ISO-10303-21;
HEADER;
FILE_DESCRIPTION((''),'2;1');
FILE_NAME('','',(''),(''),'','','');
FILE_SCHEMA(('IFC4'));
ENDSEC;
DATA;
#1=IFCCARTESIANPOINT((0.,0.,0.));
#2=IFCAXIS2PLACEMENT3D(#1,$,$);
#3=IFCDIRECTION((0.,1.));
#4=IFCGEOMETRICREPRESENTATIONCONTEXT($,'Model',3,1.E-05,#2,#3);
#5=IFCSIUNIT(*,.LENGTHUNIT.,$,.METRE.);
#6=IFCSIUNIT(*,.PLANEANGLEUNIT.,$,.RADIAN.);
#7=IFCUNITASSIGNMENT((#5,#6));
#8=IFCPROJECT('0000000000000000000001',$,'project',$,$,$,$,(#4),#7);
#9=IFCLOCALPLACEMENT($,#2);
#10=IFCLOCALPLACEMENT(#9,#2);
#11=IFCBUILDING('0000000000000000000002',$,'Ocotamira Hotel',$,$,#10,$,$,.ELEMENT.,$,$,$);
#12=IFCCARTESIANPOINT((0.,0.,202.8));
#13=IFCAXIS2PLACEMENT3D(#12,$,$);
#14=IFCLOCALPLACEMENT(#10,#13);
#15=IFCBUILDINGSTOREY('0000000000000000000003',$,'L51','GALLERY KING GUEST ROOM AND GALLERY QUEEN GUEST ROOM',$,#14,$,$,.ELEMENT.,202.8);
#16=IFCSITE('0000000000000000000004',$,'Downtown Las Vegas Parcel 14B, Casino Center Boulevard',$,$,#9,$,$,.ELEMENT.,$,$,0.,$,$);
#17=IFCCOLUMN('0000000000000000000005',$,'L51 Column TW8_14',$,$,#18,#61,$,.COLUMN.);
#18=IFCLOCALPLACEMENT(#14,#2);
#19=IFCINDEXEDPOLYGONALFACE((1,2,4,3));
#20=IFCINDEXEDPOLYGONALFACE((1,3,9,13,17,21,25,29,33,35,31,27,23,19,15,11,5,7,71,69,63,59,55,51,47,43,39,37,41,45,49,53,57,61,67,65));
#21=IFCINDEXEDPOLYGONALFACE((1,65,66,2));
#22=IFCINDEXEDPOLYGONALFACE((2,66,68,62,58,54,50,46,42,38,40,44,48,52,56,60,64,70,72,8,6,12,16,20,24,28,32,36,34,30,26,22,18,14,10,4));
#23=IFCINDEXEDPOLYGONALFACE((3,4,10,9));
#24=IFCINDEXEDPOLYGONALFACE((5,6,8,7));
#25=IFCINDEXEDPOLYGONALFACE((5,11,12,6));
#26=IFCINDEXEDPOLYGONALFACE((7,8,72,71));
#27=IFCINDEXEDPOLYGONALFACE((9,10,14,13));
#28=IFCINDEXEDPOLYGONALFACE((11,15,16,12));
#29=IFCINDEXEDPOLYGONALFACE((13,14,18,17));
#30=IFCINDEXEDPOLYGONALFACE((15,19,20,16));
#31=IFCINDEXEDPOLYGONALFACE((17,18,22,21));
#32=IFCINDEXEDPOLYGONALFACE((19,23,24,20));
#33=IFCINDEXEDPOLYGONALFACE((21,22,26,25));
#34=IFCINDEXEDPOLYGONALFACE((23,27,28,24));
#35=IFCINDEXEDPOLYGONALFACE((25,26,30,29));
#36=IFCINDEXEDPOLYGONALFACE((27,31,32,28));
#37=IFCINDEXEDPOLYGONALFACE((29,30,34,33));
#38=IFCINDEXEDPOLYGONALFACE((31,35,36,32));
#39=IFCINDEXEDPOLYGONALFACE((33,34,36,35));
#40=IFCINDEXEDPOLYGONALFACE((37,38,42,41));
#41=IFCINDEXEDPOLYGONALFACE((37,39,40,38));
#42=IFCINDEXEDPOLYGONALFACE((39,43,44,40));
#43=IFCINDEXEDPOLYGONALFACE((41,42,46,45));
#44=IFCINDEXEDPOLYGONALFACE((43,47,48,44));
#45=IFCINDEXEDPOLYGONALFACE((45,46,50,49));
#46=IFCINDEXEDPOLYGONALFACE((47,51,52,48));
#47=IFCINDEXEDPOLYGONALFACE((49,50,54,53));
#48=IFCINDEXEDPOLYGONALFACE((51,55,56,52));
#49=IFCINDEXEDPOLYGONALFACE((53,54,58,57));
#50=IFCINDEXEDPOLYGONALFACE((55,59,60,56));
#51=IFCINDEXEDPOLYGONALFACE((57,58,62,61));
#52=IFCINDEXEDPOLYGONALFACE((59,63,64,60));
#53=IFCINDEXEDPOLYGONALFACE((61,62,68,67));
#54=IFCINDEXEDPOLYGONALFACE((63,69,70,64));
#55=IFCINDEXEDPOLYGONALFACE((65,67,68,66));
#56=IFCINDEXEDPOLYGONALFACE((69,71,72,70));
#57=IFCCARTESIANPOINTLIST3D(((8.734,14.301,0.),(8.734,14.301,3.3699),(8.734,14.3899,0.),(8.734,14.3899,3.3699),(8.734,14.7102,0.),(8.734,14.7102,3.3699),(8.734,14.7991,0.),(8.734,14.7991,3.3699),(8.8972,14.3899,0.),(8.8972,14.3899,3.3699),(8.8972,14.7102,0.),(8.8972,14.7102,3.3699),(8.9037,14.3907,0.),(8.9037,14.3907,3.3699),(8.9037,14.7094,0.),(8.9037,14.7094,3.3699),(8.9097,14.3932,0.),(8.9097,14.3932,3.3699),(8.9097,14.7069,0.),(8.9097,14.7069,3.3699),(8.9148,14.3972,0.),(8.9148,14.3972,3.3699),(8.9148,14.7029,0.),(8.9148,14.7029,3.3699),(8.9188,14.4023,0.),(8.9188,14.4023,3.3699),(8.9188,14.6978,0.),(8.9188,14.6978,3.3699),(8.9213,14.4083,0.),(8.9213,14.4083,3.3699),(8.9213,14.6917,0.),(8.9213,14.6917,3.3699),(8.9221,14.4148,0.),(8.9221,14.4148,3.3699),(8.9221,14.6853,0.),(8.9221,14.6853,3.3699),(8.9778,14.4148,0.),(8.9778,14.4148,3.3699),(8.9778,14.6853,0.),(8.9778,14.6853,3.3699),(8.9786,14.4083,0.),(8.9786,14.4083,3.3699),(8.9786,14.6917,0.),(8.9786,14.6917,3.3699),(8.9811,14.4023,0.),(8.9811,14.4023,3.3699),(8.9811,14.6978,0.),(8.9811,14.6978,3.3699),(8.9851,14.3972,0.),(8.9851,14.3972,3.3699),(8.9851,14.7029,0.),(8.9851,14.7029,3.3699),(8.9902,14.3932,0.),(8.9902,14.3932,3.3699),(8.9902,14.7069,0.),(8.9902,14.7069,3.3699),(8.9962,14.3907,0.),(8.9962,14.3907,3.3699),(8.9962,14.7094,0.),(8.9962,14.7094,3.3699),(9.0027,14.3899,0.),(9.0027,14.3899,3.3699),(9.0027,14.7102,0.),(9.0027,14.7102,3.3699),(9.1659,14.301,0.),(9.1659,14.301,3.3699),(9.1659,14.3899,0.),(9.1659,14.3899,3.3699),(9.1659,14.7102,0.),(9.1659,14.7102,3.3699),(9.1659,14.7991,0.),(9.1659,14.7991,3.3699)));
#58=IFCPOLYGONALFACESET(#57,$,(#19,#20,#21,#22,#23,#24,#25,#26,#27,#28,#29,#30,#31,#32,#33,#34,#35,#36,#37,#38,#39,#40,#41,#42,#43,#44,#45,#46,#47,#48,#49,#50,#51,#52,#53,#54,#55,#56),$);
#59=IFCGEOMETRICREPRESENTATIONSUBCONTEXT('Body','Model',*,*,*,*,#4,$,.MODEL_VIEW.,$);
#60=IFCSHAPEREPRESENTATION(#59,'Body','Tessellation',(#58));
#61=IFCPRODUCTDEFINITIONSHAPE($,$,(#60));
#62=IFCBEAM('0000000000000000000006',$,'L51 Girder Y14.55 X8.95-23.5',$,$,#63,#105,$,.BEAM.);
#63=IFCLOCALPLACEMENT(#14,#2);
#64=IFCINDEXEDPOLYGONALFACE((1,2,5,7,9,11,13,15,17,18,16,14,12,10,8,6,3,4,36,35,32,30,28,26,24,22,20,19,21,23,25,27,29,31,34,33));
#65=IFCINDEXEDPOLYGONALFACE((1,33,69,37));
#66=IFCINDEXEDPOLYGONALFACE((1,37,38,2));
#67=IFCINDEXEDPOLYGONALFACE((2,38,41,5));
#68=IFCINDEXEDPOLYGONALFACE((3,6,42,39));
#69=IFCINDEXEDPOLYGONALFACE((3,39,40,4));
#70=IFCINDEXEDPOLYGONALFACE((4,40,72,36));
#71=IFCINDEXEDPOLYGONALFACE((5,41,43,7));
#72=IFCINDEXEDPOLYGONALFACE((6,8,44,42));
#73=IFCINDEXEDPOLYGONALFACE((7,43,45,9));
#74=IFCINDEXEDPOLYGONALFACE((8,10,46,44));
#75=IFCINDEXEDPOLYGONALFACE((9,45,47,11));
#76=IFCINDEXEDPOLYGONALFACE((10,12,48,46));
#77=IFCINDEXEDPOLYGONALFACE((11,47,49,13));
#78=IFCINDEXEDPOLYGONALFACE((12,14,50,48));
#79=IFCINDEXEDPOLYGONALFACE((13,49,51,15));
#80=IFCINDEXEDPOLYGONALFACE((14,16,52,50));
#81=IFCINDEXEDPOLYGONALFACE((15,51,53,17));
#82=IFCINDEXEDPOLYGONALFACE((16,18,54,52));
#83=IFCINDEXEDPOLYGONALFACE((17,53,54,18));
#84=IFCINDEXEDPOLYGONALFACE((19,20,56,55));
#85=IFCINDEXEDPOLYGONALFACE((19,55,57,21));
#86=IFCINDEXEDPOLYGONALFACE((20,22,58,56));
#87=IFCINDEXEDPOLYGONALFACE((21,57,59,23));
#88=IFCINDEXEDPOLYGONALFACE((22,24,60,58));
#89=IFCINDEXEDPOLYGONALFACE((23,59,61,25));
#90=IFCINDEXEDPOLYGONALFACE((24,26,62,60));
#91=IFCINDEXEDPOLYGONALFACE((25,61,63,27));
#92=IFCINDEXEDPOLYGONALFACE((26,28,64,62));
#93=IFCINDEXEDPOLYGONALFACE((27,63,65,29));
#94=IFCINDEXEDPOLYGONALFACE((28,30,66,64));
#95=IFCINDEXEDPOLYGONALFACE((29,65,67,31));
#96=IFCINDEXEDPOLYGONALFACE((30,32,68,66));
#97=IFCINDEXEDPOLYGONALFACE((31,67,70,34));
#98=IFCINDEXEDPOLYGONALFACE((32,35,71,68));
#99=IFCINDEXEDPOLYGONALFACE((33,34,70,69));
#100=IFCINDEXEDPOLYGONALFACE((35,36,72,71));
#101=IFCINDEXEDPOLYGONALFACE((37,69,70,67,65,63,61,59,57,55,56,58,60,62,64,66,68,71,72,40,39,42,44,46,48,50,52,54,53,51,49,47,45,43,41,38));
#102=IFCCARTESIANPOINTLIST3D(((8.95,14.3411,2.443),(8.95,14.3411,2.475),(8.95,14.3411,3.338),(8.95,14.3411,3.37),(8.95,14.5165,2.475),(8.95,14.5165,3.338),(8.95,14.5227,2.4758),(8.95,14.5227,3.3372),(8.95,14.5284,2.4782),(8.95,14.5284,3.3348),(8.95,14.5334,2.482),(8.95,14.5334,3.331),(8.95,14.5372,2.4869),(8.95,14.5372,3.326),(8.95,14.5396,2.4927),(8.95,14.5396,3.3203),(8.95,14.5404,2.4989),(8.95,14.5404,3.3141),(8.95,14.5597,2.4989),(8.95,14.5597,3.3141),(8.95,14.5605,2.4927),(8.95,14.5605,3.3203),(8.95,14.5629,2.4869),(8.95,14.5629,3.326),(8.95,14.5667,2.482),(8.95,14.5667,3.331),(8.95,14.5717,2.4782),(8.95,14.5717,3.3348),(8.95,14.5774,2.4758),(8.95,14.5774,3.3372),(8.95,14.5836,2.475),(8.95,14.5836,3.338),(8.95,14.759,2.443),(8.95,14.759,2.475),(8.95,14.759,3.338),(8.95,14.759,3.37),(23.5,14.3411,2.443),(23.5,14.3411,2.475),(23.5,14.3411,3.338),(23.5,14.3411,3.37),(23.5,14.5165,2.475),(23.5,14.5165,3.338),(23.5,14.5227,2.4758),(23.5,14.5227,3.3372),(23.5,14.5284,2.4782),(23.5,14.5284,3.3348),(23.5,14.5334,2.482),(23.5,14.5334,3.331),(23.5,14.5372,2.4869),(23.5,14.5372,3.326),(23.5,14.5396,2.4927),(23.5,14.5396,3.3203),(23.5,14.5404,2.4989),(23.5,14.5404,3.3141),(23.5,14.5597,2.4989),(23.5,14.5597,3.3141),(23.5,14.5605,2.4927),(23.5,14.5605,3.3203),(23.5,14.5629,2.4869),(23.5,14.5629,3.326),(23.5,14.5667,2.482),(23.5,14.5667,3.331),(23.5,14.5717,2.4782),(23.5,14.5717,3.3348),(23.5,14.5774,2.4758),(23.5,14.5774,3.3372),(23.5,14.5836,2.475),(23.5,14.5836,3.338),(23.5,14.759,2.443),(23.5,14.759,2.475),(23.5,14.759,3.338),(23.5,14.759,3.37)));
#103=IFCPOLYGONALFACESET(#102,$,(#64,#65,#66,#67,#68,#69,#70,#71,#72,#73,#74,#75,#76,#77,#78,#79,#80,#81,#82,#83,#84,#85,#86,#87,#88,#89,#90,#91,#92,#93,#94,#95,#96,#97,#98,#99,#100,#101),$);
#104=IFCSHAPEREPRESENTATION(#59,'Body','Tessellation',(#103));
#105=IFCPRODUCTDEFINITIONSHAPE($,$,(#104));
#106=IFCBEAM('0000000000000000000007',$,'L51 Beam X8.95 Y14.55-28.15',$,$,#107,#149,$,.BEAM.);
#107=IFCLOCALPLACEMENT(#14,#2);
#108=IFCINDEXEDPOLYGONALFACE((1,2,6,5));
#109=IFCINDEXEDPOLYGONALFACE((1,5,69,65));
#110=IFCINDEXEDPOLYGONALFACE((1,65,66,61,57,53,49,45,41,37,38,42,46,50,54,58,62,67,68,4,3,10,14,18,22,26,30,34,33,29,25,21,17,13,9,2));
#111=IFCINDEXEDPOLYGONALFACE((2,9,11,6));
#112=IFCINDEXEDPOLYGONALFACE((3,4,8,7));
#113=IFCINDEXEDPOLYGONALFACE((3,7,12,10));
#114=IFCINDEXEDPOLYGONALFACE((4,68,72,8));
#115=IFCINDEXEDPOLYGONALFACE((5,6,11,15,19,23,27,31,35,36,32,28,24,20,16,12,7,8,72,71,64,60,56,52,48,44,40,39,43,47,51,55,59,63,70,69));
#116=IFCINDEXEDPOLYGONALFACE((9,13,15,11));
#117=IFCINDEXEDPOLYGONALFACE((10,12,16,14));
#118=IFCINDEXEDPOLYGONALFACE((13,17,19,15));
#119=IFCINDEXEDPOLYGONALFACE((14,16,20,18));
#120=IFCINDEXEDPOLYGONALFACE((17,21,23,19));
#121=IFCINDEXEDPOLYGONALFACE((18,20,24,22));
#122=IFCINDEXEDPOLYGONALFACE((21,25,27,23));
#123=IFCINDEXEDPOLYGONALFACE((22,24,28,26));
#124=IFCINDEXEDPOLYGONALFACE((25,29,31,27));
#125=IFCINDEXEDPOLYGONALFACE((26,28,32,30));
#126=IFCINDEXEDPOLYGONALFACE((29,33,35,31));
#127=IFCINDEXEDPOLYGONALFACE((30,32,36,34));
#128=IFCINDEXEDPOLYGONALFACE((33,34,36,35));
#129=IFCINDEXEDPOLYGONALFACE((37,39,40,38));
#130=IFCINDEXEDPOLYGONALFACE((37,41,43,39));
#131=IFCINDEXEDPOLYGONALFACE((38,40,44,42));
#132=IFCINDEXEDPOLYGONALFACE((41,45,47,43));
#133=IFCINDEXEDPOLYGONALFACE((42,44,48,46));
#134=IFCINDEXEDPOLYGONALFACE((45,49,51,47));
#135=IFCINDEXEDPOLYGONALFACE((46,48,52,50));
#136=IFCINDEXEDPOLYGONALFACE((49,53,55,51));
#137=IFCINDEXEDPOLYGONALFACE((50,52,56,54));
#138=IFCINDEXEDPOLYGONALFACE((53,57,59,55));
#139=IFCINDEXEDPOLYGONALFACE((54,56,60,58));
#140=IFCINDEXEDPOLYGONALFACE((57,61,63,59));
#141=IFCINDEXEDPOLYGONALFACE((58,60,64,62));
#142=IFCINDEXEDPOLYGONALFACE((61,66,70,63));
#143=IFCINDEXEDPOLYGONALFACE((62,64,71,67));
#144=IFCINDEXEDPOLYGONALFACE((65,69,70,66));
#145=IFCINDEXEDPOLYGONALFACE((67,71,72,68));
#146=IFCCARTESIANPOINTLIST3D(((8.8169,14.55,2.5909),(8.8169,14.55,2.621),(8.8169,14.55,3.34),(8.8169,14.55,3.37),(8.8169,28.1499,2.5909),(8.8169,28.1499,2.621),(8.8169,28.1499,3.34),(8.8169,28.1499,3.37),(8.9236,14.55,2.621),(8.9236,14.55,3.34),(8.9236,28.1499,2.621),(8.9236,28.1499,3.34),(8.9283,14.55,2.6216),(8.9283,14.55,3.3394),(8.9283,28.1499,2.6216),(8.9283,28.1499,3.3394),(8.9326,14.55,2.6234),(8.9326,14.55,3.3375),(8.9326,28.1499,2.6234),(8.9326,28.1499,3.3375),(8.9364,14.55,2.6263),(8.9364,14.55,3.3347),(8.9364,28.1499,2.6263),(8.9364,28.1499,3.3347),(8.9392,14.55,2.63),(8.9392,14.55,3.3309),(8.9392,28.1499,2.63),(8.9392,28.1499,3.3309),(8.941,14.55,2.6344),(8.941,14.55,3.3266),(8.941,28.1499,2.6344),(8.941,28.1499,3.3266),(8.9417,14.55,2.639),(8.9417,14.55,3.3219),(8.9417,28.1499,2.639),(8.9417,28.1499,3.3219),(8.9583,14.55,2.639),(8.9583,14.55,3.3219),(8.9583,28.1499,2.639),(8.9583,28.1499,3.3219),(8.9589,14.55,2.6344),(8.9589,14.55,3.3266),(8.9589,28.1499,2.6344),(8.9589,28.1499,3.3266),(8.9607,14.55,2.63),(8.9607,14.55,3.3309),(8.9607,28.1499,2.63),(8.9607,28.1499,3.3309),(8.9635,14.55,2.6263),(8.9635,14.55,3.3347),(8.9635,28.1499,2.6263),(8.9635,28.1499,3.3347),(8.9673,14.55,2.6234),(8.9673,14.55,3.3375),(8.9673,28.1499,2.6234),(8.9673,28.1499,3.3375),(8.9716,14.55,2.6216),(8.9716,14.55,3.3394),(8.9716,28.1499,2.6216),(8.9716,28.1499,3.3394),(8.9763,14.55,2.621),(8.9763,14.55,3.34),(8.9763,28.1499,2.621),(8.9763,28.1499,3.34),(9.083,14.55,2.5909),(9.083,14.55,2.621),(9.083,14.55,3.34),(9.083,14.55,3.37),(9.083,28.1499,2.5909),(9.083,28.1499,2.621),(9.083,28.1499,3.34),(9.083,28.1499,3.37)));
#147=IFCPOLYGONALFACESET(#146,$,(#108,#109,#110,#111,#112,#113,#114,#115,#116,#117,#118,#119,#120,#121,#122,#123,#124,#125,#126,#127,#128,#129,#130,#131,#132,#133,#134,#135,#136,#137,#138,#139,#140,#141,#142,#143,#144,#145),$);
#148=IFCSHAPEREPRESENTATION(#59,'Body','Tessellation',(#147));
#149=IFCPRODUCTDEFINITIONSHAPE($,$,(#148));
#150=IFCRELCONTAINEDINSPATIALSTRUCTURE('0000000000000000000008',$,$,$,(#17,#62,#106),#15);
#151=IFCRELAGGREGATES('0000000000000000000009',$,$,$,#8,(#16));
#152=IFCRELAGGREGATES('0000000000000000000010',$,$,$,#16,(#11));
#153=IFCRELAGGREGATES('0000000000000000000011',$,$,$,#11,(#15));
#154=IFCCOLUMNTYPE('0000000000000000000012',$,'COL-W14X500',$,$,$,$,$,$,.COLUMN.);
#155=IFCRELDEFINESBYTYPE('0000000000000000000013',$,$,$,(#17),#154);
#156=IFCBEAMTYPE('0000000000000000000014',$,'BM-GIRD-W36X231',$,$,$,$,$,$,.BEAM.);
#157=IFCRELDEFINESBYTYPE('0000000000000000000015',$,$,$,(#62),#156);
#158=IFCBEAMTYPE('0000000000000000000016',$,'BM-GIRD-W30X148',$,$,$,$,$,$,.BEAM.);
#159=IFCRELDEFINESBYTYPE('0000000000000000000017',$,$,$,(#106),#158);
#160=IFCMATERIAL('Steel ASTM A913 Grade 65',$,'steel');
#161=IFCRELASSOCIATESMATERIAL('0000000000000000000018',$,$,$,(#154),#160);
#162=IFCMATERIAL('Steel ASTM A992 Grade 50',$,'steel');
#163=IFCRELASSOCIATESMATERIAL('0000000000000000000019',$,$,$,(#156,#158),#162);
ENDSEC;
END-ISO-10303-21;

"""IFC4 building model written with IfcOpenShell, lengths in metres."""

from ifc_helpers import new_model, si_unit, direction, frame, origin, origin_2d, place, context, subcontext, project, spatial, i_section, extrude, source, transform, mapped, material, material_profile, profile_set, type_object, element, save


model = new_model("IFC4")

# Units and contexts
model_context = context("Model", 3, precision=1e-05, world=origin(), true_north=direction((0.0, 1.0)))
body_context = subcontext(model_context, "Body", "Model", "MODEL_VIEW")
ifc_project = project(units=[si_unit("LENGTHUNIT", "METRE"), si_unit("PLANEANGLEUNIT", "RADIAN")], contexts=[model_context])

# Site, building, storey
site_placement = place(None, origin())
site = spatial("IfcSite", under=ifc_project, at=site_placement, Name="Downtown Las Vegas Parcel 14B, Casino Center Boulevard", CompositionType="ELEMENT", RefElevation=0.0)
building_placement = place(site_placement, origin())
building = spatial("IfcBuilding", under=site, at=building_placement, Name="Ocotamira Hotel", CompositionType="ELEMENT")
storey_placement = place(building_placement, frame((0.0, 0.0, 202.8)))
storey = spatial("IfcBuildingStorey", under=building, at=storey_placement, Name="L51", Description="GALLERY KING GUEST ROOM AND GALLERY QUEEN GUEST ROOM", CompositionType="ELEMENT", Elevation=202.8)

# Column
ifc_material_1 = material(Name="Steel ASTM A913 Grade 65", Category="steel")
ifc_material_profile_1 = material_profile(ifc_material_1, i_section(OverallWidth=0.4319, OverallDepth=0.498, WebThickness=0.0557, FlangeThickness=0.0889, FilletRadius=0.0249, at=origin_2d()), Name="W14X500")
ifc_profile_set_1 = profile_set([ifc_material_profile_1], Name="Steel ASTM A913 Grade 65")
column_type = type_object("IfcColumnType", Name="COL-W14X500", PredefinedType="COLUMN", material=ifc_profile_set_1)
shared_shape_1 = source(origin(), body_context, "Body", "SweptSolid", [
    extrude(i_section(OverallWidth=0.4319, OverallDepth=0.498, WebThickness=0.0557, FlangeThickness=0.0889, FilletRadius=0.0249, at=origin_2d()), origin(), (0.0, 0.0, 1.0), 3.3699),
])
column_placement = place(storey_placement, frame((8.95, 14.55, 0.0), z_axis=(0.0, 0.0, 1.0), x_axis=(1.0, 0.0, 0.0)))
element("IfcColumn", 1, at=column_placement, inside=storey, type_object=column_type, Name="L51 Column TW8_14", PredefinedType="COLUMN", context=body_context, shape_type="MappedRepresentation", body=[
    mapped(shared_shape_1, transform((0.0, 0.0, 0.0), scale=1.0)),
])

# Beams
ifc_material_2 = material(Name="Steel ASTM A992 Grade 50", Category="steel")
ifc_material_profile_2 = material_profile(ifc_material_2, i_section(OverallWidth=0.418, OverallDepth=0.927, WebThickness=0.0193, FlangeThickness=0.032, FilletRadius=0.0239, at=origin_2d()), Name="W36X231")
ifc_profile_set_2 = profile_set([ifc_material_profile_2], Name="Steel ASTM A992 Grade 50")
beam_type_1 = type_object("IfcBeamType", Name="BM-GIRD-W36X231", PredefinedType="BEAM", material=ifc_profile_set_2)
shared_shape_2 = source(origin(), body_context, "Body", "SweptSolid", [
    extrude(i_section(OverallWidth=0.418, OverallDepth=0.927, WebThickness=0.0193, FlangeThickness=0.032, FilletRadius=0.0239, at=origin_2d()), origin(), (0.0, 0.0, 1.0), 14.55),
])
beam_1_placement = place(storey_placement, frame((8.95, 14.55, 2.9065), z_axis=(1.0, 0.0, 0.0), x_axis=(0.0, 1.0, 0.0)))
element("IfcBeam", 2, at=beam_1_placement, inside=storey, type_object=beam_type_1, Name="L51 Girder Y14.55 X8.95-23.5", PredefinedType="BEAM", context=body_context, shape_type="MappedRepresentation", body=[
    mapped(shared_shape_2, transform((0.0, 0.0, 0.0), scale=1.0)),
])
ifc_material_profile_3 = material_profile(ifc_material_2, i_section(OverallWidth=0.2661, OverallDepth=0.7791, WebThickness=0.0166, FlangeThickness=0.03, FilletRadius=0.0181, at=origin_2d()), Name="W30X148")
ifc_profile_set_3 = profile_set([ifc_material_profile_3], Name="Steel ASTM A992 Grade 50")
beam_type_2 = type_object("IfcBeamType", Name="BM-GIRD-W30X148", PredefinedType="BEAM", material=ifc_profile_set_3)
shared_shape_3 = source(origin(), body_context, "Body", "SweptSolid", [
    extrude(i_section(OverallWidth=0.2661, OverallDepth=0.7791, WebThickness=0.0166, FlangeThickness=0.03, FilletRadius=0.0181, at=origin_2d()), origin(), (0.0, 0.0, 1.0), 13.5999),
])
beam_2_placement = place(storey_placement, frame((8.95, 14.55, 2.9805), z_axis=(0.0, 1.0, 0.0), x_axis=(-1.0, 0.0, 0.0)))
element("IfcBeam", 3, at=beam_2_placement, inside=storey, type_object=beam_type_2, Name="L51 Beam X8.95 Y14.55-28.15", PredefinedType="BEAM", context=body_context, shape_type="MappedRepresentation", body=[
    mapped(shared_shape_3, transform((0.0, 0.0, 0.0), scale=1.0)),
])

save(model, "model.ifc")
